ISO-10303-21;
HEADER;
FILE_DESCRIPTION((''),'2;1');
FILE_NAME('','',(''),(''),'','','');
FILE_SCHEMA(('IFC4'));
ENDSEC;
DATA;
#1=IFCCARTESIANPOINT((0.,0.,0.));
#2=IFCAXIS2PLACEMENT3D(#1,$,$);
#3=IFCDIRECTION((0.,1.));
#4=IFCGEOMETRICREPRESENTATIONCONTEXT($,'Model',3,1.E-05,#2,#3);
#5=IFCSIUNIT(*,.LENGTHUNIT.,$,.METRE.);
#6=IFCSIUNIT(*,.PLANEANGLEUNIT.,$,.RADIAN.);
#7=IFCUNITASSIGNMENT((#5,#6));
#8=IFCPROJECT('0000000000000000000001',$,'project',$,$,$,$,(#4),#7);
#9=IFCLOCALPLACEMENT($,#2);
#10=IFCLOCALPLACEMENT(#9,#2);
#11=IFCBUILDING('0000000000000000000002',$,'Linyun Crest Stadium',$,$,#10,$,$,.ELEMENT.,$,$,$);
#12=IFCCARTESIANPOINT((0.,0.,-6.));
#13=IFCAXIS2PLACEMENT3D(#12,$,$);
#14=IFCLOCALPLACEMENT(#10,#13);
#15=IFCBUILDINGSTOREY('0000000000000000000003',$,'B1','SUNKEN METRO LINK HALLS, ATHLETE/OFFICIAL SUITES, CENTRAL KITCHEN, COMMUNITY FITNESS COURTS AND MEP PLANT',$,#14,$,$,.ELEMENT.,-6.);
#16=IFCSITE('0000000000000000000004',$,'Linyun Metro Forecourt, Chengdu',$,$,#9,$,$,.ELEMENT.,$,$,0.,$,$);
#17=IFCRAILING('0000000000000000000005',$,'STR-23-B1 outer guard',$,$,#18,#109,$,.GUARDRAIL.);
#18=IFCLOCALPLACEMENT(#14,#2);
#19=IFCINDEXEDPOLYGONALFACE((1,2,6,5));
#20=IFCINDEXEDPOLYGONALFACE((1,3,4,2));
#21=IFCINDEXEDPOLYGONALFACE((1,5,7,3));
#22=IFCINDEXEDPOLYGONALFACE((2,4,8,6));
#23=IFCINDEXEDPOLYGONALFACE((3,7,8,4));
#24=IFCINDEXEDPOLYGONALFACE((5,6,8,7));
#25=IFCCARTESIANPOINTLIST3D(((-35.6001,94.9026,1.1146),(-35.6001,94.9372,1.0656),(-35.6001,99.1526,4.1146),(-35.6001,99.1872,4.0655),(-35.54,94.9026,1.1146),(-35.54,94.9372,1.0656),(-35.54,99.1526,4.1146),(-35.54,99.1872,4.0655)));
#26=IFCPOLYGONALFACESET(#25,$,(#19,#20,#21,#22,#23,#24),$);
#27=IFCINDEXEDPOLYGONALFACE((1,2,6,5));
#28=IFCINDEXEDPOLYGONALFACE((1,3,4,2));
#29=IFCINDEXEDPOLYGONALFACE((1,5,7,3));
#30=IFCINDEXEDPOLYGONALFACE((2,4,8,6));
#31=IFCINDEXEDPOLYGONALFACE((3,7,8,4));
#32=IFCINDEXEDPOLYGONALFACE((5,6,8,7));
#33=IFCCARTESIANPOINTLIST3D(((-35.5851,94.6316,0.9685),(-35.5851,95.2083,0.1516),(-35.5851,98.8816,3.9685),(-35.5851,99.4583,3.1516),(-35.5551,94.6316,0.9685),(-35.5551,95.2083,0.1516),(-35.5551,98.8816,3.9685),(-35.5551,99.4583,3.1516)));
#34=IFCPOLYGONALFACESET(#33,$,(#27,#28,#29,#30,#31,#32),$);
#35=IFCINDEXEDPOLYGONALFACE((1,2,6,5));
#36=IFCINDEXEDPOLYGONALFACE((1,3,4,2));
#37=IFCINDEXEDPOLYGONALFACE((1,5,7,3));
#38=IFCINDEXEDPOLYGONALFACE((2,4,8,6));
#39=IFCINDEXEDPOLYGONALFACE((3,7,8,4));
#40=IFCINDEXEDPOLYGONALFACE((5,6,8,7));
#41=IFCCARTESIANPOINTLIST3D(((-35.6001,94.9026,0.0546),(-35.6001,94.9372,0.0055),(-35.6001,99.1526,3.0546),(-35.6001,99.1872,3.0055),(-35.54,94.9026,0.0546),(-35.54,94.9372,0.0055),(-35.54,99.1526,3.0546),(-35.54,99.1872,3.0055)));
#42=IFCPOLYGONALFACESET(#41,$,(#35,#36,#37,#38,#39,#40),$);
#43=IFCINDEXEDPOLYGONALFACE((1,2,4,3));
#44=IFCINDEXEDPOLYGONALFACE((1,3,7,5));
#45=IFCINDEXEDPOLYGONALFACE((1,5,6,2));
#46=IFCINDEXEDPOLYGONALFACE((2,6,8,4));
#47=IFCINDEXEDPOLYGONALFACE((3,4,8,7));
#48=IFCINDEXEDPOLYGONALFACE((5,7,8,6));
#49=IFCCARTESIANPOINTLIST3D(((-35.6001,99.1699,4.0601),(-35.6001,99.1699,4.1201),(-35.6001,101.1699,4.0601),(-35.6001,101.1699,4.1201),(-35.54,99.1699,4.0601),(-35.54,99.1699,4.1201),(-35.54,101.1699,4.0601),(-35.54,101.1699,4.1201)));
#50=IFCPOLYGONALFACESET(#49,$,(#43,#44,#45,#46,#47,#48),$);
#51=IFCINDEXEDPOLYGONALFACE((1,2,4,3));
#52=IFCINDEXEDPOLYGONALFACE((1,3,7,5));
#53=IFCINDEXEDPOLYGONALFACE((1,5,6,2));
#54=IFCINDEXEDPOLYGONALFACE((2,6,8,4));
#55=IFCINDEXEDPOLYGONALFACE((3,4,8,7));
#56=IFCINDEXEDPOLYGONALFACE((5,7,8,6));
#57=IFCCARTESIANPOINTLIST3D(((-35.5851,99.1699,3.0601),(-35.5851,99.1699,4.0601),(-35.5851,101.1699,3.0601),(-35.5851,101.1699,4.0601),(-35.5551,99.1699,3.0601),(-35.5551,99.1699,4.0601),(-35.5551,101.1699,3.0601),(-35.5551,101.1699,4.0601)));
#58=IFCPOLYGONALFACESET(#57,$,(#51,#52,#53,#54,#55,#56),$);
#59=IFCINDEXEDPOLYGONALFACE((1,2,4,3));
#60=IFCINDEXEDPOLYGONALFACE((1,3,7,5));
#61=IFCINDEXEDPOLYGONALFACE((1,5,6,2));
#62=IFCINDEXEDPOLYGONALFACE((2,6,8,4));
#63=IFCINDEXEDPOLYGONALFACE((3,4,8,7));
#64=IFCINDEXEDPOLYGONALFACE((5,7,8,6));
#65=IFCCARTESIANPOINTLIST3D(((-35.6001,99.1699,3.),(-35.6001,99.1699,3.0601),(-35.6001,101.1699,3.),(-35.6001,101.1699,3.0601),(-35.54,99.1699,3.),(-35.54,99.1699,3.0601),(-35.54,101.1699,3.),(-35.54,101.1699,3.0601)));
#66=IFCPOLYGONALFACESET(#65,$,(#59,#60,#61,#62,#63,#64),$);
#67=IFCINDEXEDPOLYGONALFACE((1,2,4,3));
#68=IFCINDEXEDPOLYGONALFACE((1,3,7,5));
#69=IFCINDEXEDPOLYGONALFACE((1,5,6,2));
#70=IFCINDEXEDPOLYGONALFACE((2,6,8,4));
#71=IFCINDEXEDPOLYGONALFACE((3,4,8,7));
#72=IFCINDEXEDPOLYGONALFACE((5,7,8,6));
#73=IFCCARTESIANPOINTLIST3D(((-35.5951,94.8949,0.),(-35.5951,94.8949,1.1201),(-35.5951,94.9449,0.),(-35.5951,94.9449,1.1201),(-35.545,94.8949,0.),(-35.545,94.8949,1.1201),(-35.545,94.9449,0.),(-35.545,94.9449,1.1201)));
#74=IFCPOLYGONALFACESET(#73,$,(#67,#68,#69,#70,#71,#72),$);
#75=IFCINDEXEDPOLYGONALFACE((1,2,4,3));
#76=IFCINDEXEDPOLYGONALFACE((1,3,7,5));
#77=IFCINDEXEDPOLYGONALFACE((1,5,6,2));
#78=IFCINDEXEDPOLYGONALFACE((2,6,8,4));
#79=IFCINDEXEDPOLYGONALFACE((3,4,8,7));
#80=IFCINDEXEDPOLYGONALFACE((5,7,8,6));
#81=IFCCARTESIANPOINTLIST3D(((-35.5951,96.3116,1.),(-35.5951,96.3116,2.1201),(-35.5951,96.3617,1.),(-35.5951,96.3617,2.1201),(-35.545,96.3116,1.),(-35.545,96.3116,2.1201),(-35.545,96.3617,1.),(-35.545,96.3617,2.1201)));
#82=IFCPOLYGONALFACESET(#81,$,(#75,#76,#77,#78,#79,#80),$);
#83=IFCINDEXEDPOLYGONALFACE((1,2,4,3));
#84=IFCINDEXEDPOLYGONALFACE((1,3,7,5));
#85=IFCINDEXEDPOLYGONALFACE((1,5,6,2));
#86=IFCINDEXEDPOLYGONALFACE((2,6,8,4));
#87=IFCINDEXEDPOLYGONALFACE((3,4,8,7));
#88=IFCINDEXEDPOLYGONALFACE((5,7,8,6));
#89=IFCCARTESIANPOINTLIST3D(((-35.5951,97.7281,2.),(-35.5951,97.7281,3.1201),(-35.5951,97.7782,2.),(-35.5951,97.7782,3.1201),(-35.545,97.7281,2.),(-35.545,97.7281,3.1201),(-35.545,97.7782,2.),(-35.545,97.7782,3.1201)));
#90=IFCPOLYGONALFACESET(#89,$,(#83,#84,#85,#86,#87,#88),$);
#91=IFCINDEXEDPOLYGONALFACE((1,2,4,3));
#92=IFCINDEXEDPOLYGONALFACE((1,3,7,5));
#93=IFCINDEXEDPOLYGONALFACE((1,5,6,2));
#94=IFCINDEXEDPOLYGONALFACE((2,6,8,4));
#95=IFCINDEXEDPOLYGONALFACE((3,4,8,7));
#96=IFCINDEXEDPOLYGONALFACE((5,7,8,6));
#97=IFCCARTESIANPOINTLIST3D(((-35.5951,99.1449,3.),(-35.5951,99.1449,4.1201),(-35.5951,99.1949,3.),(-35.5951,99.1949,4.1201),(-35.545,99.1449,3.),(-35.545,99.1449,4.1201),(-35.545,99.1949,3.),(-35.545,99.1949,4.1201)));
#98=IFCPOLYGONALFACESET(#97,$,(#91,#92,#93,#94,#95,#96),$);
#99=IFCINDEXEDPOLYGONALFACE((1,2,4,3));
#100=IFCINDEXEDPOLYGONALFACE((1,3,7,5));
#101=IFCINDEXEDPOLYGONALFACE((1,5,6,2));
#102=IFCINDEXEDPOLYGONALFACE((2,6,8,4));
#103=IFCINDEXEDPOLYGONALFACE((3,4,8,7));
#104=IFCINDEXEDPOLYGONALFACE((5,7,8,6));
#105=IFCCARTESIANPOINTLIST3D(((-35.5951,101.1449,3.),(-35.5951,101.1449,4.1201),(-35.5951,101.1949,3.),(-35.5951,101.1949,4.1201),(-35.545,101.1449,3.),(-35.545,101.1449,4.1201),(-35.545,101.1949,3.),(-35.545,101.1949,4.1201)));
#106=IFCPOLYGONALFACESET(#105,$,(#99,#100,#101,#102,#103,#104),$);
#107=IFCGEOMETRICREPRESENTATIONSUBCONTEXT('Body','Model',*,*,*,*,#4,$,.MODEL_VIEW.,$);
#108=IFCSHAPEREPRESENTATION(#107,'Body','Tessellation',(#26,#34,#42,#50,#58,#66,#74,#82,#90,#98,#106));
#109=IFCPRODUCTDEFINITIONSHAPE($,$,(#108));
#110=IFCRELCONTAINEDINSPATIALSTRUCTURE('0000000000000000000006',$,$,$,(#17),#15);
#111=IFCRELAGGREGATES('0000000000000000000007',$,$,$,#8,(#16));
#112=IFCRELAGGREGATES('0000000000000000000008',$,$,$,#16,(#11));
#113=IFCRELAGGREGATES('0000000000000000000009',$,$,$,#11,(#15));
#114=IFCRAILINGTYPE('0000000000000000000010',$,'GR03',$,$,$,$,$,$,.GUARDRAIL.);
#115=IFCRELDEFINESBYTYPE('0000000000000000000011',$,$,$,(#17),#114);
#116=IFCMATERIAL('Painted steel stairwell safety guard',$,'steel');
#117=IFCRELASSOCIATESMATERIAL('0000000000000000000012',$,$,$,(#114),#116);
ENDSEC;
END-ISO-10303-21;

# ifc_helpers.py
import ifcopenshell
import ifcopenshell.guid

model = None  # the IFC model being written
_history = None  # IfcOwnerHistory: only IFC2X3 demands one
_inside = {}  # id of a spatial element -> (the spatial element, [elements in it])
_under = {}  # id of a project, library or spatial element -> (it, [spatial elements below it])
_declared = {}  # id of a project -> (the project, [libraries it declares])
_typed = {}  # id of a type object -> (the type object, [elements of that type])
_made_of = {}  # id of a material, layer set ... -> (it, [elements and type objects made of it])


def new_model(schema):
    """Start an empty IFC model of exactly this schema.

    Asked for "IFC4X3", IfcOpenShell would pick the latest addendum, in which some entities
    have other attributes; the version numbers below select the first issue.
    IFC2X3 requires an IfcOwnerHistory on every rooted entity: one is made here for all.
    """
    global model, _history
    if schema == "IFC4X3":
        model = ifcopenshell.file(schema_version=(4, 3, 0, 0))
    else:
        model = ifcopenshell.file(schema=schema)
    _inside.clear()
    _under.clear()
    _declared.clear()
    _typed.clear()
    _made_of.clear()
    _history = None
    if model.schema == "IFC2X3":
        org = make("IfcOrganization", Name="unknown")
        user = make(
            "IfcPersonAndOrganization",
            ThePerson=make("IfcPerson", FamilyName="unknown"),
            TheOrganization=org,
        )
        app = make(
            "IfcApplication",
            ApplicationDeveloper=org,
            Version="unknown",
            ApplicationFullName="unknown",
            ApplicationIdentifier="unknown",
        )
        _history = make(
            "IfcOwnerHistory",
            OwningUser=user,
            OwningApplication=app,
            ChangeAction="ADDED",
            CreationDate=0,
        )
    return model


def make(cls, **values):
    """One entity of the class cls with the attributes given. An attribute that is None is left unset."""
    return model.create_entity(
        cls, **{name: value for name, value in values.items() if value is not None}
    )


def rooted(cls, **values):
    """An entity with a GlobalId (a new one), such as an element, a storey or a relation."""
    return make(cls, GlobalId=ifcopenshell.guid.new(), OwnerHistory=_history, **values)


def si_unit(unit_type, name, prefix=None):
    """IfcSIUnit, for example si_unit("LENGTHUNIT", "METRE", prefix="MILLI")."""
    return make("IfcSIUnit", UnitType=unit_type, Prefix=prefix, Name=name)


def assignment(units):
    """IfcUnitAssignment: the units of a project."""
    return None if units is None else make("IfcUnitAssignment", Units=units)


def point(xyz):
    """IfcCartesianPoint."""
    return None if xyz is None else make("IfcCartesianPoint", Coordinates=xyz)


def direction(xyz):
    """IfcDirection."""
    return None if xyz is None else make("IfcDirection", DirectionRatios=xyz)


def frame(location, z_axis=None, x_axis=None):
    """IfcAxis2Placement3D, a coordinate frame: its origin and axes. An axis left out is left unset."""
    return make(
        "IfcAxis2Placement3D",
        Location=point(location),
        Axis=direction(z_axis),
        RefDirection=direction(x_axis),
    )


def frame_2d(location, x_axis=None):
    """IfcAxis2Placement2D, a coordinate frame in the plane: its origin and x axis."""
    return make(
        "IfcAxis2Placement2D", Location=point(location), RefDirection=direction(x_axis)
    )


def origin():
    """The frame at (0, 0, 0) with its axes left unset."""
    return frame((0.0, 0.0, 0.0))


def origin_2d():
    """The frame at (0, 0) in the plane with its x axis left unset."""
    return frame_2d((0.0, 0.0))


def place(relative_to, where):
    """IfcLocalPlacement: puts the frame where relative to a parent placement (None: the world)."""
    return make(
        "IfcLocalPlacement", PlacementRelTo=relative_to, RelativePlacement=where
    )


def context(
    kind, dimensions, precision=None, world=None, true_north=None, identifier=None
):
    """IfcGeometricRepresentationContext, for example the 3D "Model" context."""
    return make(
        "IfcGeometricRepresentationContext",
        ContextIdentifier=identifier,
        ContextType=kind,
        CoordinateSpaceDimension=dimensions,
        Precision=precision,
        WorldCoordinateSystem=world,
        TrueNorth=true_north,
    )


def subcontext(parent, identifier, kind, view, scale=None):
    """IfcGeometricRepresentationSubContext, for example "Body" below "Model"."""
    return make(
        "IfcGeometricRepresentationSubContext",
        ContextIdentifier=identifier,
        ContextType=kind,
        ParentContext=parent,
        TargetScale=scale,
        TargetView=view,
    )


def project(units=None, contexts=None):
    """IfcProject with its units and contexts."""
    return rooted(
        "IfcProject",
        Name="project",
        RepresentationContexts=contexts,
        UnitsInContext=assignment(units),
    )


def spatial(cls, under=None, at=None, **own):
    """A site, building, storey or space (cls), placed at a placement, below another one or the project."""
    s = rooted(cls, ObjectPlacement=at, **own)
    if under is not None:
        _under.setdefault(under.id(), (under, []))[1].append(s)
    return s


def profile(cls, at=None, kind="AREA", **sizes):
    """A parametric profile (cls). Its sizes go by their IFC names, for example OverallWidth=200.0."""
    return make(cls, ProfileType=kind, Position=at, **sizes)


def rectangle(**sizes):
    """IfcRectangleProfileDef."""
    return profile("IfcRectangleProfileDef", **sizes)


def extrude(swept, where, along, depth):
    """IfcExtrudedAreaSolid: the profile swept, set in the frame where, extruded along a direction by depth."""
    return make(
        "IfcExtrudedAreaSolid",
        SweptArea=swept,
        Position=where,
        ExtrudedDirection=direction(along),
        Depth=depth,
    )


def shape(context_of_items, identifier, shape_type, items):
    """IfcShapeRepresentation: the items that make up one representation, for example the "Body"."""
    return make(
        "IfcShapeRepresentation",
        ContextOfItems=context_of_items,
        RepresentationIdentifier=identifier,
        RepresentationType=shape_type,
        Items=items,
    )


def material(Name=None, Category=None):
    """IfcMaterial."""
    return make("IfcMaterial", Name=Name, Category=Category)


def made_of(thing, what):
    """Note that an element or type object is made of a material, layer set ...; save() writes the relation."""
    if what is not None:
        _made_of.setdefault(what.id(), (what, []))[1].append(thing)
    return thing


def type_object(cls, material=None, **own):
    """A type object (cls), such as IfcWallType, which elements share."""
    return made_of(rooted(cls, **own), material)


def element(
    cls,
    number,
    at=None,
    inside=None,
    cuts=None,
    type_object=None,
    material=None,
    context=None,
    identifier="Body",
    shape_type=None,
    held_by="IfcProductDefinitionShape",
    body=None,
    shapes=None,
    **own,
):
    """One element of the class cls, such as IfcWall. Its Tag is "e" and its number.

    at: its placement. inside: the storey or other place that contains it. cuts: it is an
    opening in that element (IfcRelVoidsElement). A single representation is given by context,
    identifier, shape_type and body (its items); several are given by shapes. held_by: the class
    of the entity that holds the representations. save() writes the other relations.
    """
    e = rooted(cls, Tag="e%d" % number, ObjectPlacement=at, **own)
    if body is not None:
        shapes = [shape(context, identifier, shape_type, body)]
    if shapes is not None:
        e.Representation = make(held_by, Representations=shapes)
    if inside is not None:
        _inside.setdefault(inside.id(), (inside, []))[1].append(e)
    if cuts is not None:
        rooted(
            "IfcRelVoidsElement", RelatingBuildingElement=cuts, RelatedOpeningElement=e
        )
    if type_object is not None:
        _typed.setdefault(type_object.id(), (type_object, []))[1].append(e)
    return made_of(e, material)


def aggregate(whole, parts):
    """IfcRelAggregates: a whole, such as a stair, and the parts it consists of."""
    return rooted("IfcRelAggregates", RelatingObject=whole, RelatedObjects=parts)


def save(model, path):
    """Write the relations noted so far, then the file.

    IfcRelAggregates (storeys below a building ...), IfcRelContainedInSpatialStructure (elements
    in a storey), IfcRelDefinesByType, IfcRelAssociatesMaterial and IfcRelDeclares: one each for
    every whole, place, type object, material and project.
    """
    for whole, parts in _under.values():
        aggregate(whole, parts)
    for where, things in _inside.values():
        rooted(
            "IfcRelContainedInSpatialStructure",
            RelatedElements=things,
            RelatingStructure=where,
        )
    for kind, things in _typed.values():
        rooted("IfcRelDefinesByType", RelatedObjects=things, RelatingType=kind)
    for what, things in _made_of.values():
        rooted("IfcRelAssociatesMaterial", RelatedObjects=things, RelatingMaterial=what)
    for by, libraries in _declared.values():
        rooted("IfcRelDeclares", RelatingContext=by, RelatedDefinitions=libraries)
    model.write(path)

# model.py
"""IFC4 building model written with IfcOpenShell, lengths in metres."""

from ifc_helpers import new_model, si_unit, direction, frame, origin, origin_2d, place, context, subcontext, project, spatial, rectangle, extrude, material, type_object, element, save


model = new_model("IFC4")

# Units and contexts
model_context = context("Model", 3, precision=1e-05, world=origin(), true_north=direction((0.0, 1.0)))
body_context = subcontext(model_context, "Body", "Model", "MODEL_VIEW")
ifc_project = project(units=[si_unit("LENGTHUNIT", "METRE"), si_unit("PLANEANGLEUNIT", "RADIAN")], contexts=[model_context])

# Site, building, storey
site_placement = place(None, origin())
site = spatial("IfcSite", under=ifc_project, at=site_placement, Name="Linyun Metro Forecourt, Chengdu", CompositionType="ELEMENT", RefElevation=0.0)
building_placement = place(site_placement, origin())
building = spatial("IfcBuilding", under=site, at=building_placement, Name="Linyun Crest Stadium", CompositionType="ELEMENT")
storey_placement = place(building_placement, frame((0.0, 0.0, -6.0)))
storey = spatial("IfcBuildingStorey", under=building, at=storey_placement, Name="B1", Description="SUNKEN METRO LINK HALLS, ATHLETE/OFFICIAL SUITES, CENTRAL KITCHEN, COMMUNITY FITNESS COURTS AND MEP PLANT", CompositionType="ELEMENT", Elevation=-6.0)

# Railing
ifc_material_1 = material(Name="Painted steel stairwell safety guard", Category="steel")
railing_type_1 = type_object("IfcRailingType", Name="GR03", PredefinedType="GUARDRAIL", material=ifc_material_1)
railing_1_placement = place(storey_placement, frame((-35.5701, 94.9199, 0.0)))
element("IfcRailing", 1, at=railing_1_placement, inside=storey, type_object=railing_type_1, Name="STR-23-B1 outer guard", PredefinedType="GUARDRAIL", context=body_context, shape_type="SweptSolid", body=[
    extrude(rectangle(XDim=0.0601, YDim=0.0601, at=origin_2d()), frame((0.0, 0.0, 1.0901), z_axis=(0.0, 0.816968, 0.576683), x_axis=(-1.0, 0.0, 0.0)), (0.0, 0.0, 1.0), 5.2021),
    extrude(rectangle(XDim=0.03, YDim=1.0, at=origin_2d()), frame((0.0, 0.0, 0.5601), z_axis=(0.0, 0.816968, 0.576683), x_axis=(-1.0, 0.0, 0.0)), (0.0, 0.0, 1.0), 5.2021),
    extrude(rectangle(XDim=0.0601, YDim=0.0601, at=origin_2d()), frame((0.0, 0.0, 0.03), z_axis=(0.0, 0.816968, 0.576683), x_axis=(-1.0, 0.0, 0.0)), (0.0, 0.0, 1.0), 5.2021),
    extrude(rectangle(XDim=0.0601, YDim=0.0601, at=origin_2d()), frame((0.0, 4.25, 4.0901), z_axis=(0.0, 1.0, 0.0), x_axis=(-1.0, 0.0, 0.0)), (0.0, 0.0, 1.0), 2.0),
    extrude(rectangle(XDim=0.03, YDim=1.0, at=origin_2d()), frame((0.0, 4.25, 3.5601), z_axis=(0.0, 1.0, 0.0), x_axis=(-1.0, 0.0, 0.0)), (0.0, 0.0, 1.0), 2.0),
    extrude(rectangle(XDim=0.0601, YDim=0.0601, at=origin_2d()), frame((0.0, 4.25, 3.03), z_axis=(0.0, 1.0, 0.0), x_axis=(-1.0, 0.0, 0.0)), (0.0, 0.0, 1.0), 2.0),
    extrude(rectangle(XDim=0.05, YDim=0.05, at=origin_2d()), origin(), (0.0, 0.0, 1.0), 1.1201),
    extrude(rectangle(XDim=0.05, YDim=0.05, at=origin_2d()), frame((0.0, 1.4167, 1.0)), (0.0, 0.0, 1.0), 1.1201),
    extrude(rectangle(XDim=0.05, YDim=0.05, at=origin_2d()), frame((0.0, 2.8333, 2.0)), (0.0, 0.0, 1.0), 1.1201),
    extrude(rectangle(XDim=0.05, YDim=0.05, at=origin_2d()), frame((0.0, 4.25, 3.0)), (0.0, 0.0, 1.0), 1.1201),
    extrude(rectangle(XDim=0.05, YDim=0.05, at=origin_2d()), frame((0.0, 6.25, 3.0)), (0.0, 0.0, 1.0), 1.1201),
])

save(model, "model.ifc")
